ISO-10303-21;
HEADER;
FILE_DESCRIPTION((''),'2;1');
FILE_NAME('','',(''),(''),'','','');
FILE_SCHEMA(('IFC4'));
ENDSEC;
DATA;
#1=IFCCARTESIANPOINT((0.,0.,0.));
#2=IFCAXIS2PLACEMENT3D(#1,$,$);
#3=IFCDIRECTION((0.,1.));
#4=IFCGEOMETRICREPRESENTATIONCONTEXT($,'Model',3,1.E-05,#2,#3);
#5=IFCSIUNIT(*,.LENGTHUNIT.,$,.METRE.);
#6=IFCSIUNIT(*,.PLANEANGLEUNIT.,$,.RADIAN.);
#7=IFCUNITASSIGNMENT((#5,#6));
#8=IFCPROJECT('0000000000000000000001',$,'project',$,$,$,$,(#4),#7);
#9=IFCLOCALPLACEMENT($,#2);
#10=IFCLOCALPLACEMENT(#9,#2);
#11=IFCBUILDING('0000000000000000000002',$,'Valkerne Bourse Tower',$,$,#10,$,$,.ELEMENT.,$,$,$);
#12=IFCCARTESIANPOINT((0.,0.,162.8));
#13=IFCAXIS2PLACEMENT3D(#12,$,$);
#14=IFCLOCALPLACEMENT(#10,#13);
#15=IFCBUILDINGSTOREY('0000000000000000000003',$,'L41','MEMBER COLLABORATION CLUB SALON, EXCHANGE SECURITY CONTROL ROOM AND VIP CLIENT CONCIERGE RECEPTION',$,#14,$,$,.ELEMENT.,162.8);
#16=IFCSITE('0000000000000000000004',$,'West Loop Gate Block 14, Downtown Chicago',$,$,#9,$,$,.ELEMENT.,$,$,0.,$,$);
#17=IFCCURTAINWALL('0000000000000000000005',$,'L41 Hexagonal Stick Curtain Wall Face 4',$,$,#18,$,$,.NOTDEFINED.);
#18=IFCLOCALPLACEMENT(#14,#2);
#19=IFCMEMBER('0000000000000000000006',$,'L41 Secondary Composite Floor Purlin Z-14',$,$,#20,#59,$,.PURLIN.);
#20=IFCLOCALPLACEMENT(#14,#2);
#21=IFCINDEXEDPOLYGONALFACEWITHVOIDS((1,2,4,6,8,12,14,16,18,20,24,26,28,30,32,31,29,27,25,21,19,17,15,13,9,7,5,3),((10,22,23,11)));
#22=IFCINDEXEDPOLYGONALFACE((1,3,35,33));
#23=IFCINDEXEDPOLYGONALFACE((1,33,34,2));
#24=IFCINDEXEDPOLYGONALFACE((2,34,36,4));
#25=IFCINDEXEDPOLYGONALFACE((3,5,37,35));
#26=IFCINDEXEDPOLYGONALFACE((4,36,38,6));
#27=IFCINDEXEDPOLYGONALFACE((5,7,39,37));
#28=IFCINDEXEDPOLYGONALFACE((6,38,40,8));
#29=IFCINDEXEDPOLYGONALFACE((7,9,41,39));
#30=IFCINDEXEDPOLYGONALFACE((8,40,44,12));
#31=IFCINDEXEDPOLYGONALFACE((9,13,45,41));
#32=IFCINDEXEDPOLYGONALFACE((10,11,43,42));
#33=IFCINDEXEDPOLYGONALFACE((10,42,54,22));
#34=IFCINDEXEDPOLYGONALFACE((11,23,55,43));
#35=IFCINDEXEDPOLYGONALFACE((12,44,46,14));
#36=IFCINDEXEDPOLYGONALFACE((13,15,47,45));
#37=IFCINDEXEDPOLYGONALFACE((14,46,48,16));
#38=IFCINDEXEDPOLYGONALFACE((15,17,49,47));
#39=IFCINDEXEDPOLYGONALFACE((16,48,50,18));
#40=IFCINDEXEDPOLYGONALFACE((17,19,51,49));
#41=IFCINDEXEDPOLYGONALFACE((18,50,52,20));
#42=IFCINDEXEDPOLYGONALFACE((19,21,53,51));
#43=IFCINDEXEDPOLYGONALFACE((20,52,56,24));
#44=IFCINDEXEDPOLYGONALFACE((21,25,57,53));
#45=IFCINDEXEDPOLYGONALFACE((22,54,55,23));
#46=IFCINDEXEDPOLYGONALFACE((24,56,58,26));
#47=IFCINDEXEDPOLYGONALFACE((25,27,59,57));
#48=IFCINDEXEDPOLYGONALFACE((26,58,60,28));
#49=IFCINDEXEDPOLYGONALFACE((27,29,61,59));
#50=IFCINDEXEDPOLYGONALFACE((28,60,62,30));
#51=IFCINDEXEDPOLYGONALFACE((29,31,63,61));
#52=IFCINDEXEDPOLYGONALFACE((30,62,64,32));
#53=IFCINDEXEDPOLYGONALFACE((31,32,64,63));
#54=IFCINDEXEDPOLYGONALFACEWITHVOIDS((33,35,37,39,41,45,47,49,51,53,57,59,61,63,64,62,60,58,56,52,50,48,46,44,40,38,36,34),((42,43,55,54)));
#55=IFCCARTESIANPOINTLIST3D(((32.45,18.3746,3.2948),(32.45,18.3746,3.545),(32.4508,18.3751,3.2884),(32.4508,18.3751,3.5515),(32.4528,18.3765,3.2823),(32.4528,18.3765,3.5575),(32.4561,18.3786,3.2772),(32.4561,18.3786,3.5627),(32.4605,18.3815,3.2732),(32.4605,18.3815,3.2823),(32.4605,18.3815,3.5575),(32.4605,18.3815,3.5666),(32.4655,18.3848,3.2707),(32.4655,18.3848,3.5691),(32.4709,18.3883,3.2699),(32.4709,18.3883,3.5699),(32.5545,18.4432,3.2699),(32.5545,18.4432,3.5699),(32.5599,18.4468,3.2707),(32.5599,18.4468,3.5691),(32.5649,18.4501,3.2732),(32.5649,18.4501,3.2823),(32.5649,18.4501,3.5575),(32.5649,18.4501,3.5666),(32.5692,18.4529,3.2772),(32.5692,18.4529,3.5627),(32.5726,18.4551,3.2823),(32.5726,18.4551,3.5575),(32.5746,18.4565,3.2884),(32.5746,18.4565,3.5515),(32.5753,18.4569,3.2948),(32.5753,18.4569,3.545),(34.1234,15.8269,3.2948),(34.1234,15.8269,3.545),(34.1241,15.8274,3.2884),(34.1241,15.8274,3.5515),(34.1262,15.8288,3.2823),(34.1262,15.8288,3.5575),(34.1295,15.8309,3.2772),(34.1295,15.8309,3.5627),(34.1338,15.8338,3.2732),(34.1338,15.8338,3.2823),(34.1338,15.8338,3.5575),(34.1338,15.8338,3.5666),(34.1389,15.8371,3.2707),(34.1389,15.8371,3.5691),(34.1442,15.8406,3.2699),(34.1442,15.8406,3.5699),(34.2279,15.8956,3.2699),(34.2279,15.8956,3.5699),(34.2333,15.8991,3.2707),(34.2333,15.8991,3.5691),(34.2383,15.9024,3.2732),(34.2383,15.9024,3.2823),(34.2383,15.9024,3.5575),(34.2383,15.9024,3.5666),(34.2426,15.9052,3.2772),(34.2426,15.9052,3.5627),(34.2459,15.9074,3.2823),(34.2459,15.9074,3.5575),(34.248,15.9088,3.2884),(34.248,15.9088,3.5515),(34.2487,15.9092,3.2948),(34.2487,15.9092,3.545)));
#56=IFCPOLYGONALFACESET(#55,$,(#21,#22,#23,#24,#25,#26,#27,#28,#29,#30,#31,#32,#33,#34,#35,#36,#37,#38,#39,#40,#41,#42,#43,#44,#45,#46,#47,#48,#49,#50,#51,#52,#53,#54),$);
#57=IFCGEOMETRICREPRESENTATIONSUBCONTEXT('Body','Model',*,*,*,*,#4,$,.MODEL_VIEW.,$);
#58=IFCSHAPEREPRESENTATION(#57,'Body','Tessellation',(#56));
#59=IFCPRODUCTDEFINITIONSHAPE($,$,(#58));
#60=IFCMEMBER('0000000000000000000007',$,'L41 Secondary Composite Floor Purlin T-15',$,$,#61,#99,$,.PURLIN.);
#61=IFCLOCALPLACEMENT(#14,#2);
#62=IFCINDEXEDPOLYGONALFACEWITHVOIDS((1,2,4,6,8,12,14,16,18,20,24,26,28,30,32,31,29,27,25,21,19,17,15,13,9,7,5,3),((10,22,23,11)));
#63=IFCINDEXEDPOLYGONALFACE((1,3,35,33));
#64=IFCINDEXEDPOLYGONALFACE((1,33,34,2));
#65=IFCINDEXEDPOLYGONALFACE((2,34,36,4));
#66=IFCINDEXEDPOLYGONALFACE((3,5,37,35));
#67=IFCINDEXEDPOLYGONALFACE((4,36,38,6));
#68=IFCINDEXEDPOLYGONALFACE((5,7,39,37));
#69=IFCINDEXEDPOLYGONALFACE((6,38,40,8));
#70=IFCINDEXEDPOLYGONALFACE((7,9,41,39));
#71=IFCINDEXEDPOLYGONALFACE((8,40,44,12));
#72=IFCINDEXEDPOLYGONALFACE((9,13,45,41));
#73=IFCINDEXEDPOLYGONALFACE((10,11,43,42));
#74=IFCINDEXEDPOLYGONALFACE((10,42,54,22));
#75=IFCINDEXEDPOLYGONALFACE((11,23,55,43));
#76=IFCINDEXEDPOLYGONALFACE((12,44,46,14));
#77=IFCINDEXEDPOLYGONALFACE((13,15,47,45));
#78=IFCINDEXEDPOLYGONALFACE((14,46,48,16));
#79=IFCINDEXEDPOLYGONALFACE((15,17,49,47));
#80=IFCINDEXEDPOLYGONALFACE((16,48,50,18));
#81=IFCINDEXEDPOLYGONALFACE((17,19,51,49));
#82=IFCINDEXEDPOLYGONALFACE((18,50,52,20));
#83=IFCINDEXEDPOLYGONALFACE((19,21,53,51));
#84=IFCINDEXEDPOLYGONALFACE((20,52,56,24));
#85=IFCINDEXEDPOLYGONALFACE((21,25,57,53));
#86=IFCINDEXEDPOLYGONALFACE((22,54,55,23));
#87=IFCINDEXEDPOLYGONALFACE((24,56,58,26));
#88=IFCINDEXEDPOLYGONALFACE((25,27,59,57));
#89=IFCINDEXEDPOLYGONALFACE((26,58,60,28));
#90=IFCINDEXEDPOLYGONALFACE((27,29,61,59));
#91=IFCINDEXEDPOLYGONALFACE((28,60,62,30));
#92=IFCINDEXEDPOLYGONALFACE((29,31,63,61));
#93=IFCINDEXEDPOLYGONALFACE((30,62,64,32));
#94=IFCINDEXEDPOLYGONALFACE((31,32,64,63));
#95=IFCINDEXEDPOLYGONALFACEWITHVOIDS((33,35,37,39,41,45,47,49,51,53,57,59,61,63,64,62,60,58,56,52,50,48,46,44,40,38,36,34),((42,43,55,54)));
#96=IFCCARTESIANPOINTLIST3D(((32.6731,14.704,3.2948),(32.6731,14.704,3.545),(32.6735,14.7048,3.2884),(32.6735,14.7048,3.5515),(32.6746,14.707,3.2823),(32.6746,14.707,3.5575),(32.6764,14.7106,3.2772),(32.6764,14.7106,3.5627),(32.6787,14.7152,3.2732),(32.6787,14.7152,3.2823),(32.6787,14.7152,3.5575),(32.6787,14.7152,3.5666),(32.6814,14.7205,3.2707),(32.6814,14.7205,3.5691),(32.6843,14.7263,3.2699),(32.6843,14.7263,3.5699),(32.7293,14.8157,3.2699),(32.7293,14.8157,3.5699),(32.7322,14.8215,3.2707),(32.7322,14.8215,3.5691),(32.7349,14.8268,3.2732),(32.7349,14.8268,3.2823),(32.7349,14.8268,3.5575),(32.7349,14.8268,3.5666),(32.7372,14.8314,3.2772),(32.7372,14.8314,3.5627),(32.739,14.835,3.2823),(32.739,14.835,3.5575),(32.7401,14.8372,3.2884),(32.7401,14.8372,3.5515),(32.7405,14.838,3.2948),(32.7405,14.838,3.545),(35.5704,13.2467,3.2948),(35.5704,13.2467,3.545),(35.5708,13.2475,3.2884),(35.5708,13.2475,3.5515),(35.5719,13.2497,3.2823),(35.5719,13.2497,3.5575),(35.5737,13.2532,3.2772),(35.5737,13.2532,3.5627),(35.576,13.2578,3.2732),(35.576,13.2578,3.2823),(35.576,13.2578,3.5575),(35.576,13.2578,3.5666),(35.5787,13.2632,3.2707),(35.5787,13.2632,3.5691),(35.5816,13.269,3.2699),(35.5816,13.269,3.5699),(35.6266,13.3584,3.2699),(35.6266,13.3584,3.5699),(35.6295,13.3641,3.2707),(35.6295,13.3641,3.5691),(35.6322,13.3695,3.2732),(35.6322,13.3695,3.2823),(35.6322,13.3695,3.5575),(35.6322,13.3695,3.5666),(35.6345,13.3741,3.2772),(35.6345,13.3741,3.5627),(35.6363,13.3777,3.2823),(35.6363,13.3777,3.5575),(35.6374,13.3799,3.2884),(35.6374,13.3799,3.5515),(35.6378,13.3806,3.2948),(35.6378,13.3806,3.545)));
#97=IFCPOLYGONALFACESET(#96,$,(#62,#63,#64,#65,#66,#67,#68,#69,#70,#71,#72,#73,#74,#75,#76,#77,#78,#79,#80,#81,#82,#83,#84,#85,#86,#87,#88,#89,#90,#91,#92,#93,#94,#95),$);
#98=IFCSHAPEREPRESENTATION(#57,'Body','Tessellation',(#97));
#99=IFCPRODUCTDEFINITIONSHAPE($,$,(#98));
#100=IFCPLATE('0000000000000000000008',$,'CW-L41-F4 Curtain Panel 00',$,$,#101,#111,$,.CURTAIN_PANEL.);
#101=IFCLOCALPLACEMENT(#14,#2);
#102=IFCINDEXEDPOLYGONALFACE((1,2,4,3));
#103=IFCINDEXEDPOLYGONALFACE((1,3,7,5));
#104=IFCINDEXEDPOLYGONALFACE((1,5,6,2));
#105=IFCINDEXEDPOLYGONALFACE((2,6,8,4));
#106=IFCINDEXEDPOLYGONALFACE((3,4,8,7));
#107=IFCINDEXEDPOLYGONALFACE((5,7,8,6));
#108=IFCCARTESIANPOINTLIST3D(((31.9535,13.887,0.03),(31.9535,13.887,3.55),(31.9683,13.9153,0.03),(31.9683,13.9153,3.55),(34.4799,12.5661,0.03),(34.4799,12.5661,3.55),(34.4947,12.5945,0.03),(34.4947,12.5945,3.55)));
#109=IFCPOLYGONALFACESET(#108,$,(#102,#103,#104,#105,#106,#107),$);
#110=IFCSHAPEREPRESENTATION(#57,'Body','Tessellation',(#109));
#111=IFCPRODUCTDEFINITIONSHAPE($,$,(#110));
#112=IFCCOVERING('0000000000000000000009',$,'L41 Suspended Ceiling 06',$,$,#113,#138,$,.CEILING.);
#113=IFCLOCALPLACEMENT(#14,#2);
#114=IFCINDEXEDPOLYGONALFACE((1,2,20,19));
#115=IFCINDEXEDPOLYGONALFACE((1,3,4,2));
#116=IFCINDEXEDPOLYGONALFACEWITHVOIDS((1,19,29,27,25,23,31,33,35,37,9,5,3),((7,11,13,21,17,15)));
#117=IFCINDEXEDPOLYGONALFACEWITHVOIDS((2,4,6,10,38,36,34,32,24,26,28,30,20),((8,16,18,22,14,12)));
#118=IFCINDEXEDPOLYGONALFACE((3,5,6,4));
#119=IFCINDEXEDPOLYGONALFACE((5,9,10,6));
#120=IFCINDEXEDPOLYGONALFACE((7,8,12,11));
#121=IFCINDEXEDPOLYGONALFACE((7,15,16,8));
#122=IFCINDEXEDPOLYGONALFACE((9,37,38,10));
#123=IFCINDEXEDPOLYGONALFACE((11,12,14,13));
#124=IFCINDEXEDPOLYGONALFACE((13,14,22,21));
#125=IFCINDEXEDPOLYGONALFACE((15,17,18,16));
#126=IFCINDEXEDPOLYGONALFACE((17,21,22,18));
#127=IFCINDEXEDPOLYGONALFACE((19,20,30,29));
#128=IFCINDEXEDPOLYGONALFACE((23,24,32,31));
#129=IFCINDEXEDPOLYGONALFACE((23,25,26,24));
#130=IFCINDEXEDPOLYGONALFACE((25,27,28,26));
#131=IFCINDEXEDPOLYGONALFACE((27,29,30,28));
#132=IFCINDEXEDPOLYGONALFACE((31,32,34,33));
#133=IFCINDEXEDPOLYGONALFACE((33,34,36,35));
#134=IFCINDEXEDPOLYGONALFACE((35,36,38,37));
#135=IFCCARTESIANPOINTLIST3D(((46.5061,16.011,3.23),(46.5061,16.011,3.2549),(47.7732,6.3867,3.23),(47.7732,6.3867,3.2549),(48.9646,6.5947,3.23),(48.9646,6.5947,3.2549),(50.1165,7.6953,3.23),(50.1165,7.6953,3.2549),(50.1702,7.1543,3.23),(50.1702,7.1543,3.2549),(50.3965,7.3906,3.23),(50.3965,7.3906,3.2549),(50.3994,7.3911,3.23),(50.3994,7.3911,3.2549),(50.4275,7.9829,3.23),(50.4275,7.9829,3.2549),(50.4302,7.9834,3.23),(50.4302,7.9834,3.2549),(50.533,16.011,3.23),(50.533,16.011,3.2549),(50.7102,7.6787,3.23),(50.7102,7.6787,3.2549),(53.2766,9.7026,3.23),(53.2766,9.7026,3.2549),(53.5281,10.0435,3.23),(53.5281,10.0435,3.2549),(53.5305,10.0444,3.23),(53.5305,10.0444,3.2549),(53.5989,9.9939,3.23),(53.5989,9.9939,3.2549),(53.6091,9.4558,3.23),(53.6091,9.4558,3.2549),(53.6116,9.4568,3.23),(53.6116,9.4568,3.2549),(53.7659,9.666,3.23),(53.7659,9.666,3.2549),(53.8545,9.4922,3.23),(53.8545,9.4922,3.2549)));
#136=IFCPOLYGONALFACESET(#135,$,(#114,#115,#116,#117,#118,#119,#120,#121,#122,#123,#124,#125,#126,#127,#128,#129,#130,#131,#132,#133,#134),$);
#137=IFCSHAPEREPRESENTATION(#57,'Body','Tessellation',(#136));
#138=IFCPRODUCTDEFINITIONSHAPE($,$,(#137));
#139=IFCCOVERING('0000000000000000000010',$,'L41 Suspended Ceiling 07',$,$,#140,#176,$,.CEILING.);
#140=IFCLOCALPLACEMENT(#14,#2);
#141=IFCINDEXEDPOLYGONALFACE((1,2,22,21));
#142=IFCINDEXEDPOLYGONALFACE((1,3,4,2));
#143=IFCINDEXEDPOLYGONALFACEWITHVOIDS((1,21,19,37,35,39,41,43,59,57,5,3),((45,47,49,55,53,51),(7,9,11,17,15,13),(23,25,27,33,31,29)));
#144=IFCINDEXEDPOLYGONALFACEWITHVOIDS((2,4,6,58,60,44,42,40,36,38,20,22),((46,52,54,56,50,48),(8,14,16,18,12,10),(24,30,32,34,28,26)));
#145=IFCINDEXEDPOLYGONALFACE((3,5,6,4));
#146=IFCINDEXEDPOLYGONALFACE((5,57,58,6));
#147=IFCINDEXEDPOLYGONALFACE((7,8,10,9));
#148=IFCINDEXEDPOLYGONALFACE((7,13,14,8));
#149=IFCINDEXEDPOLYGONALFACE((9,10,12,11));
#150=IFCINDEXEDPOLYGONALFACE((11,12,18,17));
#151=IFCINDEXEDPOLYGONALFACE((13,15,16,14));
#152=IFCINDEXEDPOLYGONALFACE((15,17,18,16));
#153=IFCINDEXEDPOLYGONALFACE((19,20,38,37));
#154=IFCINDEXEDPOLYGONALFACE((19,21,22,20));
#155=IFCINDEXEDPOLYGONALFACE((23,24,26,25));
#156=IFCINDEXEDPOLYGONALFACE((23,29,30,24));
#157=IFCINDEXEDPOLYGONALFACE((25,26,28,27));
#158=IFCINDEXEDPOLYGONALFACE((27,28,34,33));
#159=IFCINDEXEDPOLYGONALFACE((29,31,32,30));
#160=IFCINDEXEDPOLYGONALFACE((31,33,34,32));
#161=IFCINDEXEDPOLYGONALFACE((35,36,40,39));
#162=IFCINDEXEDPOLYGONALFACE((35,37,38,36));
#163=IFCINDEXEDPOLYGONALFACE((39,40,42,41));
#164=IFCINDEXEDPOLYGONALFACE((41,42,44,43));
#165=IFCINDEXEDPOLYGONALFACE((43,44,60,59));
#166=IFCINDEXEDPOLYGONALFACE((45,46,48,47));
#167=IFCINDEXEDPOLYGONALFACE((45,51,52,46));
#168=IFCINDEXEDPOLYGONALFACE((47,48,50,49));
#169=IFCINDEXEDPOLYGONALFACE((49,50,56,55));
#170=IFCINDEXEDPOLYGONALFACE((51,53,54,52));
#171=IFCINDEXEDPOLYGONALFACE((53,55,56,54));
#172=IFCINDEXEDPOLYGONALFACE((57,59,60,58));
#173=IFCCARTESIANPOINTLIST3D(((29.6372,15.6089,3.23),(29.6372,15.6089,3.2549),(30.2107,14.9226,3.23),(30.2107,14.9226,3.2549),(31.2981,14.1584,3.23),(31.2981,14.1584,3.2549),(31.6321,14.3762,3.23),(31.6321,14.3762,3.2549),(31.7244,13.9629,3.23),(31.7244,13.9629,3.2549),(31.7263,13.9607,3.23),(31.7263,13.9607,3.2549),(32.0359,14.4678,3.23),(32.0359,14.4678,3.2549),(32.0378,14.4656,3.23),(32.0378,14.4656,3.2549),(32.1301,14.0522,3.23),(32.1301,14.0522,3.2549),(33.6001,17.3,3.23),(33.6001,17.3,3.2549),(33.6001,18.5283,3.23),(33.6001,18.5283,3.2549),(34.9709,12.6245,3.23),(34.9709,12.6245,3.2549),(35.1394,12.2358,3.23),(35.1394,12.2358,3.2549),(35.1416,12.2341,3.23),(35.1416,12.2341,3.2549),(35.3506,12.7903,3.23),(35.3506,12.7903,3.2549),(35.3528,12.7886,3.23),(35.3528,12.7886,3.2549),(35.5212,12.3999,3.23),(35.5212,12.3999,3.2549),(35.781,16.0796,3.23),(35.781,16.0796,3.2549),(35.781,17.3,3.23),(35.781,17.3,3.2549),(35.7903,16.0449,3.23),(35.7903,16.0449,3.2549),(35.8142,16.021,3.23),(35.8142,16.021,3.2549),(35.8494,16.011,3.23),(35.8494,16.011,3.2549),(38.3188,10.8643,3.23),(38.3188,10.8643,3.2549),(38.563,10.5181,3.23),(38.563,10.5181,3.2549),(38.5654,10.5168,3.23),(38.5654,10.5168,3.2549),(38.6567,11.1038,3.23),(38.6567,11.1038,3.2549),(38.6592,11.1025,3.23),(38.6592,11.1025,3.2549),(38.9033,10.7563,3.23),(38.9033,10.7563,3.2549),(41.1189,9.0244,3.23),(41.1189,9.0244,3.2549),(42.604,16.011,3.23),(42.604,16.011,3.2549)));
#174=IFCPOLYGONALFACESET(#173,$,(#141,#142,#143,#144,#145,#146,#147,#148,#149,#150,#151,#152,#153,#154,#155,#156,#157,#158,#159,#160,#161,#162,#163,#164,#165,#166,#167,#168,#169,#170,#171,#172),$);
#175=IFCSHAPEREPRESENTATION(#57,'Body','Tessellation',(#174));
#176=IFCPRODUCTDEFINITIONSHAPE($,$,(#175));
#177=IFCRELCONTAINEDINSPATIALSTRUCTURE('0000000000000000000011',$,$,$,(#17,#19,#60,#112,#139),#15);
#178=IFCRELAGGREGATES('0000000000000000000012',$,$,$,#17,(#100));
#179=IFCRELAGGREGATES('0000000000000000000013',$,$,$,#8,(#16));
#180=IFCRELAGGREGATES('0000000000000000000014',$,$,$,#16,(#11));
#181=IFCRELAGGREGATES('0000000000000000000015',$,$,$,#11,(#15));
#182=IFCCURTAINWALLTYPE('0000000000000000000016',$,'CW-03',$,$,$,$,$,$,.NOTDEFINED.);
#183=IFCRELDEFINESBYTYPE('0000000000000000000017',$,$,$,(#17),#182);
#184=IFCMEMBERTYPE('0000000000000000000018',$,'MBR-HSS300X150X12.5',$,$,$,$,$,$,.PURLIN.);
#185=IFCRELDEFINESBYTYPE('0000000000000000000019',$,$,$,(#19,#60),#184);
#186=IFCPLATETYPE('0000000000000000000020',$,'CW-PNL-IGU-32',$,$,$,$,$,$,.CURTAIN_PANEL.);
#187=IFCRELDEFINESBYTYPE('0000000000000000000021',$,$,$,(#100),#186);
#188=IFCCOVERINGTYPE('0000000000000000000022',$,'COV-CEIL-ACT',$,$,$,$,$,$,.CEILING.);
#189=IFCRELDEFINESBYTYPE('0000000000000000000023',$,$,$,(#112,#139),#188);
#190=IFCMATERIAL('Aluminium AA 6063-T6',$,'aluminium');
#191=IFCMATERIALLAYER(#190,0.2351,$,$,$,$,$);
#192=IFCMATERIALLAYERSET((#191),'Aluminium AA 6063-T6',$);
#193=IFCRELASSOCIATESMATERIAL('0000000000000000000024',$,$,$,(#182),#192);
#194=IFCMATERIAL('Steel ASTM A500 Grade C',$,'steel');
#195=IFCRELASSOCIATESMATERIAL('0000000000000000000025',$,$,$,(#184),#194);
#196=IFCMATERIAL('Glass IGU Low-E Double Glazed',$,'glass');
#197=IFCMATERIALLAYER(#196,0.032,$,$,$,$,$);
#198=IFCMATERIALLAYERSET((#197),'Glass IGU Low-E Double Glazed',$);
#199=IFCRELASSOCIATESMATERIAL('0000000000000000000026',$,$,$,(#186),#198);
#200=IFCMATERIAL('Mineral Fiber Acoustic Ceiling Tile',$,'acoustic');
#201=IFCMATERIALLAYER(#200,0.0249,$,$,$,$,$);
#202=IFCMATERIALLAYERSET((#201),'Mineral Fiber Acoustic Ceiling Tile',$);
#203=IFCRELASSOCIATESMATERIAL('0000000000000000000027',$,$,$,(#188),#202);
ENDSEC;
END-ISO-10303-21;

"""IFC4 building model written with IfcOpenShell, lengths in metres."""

from ifc_helpers import new_model, si_unit, direction, frame, origin, origin_2d, place, context, subcontext, project, spatial, polyline, rectangle, hollow_rectangle, outline, extrude, material, layer, layer_set, material_profile, profile_set, type_object, element, aggregate, save


model = new_model("IFC4")

# Units and contexts
model_context = context("Model", 3, precision=1e-05, world=origin(), true_north=direction((0.0, 1.0)))
body_context = subcontext(model_context, "Body", "Model", "MODEL_VIEW")
ifc_project = project(units=[si_unit("LENGTHUNIT", "METRE"), si_unit("PLANEANGLEUNIT", "RADIAN")], contexts=[model_context])

# Site, building, storey
site_placement = place(None, origin())
site = spatial("IfcSite", under=ifc_project, at=site_placement, Name="West Loop Gate Block 14, Downtown Chicago", CompositionType="ELEMENT", RefElevation=0.0)
building_placement = place(site_placement, origin())
building = spatial("IfcBuilding", under=site, at=building_placement, Name="Valkerne Bourse Tower", CompositionType="ELEMENT")
storey_placement = place(building_placement, frame((0.0, 0.0, 162.8)))
storey = spatial("IfcBuildingStorey", under=building, at=storey_placement, Name="L41", Description="MEMBER COLLABORATION CLUB SALON, EXCHANGE SECURITY CONTROL ROOM AND VIP CLIENT CONCIERGE RECEPTION", CompositionType="ELEMENT", Elevation=162.8)

# Curtain wall
ifc_material_1 = material(Name="Aluminium AA 6063-T6", Category="aluminium")
ifc_layer_1 = layer(ifc_material_1, 0.2351)
ifc_layer_set_1 = layer_set([ifc_layer_1], Name="Aluminium AA 6063-T6")
curtain_wall_type = type_object("IfcCurtainWallType", Name="CW-03", PredefinedType="NOTDEFINED", material=ifc_layer_set_1)
curtain_wall_placement = place(storey_placement, origin())
curtain_wall = element("IfcCurtainWall", 1, at=curtain_wall_placement, inside=storey, type_object=curtain_wall_type, Name="L41 Hexagonal Stick Curtain Wall Face 4", PredefinedType="NOTDEFINED")

# Members
ifc_material_2 = material(Name="Steel ASTM A500 Grade C", Category="steel")
ifc_material_profile_1 = material_profile(ifc_material_2, hollow_rectangle(XDim=0.1499, YDim=0.3, WallThickness=0.0125, OuterFilletRadius=0.0249, at=origin_2d()), Name="HSS300X150X12.5")
ifc_profile_set_1 = profile_set([ifc_material_profile_1], Name="Steel ASTM A500 Grade C")
member_type_1 = type_object("IfcMemberType", Name="MBR-HSS300X150X12.5", PredefinedType="PURLIN", material=ifc_profile_set_1)
member_1_placement = place(storey_placement, frame((32.5127, 18.4158, 3.4199), z_axis=(0.548994, -0.835826, 0.0), x_axis=(0.835826, 0.548994, 0.0)))
element("IfcMember", 2, at=member_1_placement, inside=storey, type_object=member_type_1, Name="L41 Secondary Composite Floor Purlin Z-14", PredefinedType="PURLIN", context=body_context, shape_type="SweptSolid", body=[
    extrude(hollow_rectangle(XDim=0.1499, YDim=0.3, WallThickness=0.0125, OuterFilletRadius=0.0249, at=origin_2d()), origin(), (0.0, 0.0, 1.0), 3.0481),
])
member_2_placement = place(storey_placement, frame((32.7068, 14.771, 3.4199), z_axis=(0.893356, -0.44935, 0.0), x_axis=(0.44935, 0.893356, 0.0)))
element("IfcMember", 3, at=member_2_placement, inside=storey, type_object=member_type_1, Name="L41 Secondary Composite Floor Purlin T-15", PredefinedType="PURLIN", context=body_context, shape_type="SweptSolid", body=[
    extrude(hollow_rectangle(XDim=0.1499, YDim=0.3, WallThickness=0.0125, OuterFilletRadius=0.0249, at=origin_2d()), origin(), (0.0, 0.0, 1.0), 3.2432),
])

# Plate
ifc_material_3 = material(Name="Glass IGU Low-E Double Glazed", Category="glass")
ifc_layer_2 = layer(ifc_material_3, 0.032)
ifc_layer_set_2 = layer_set([ifc_layer_2], Name="Glass IGU Low-E Double Glazed")
plate_type = type_object("IfcPlateType", Name="CW-PNL-IGU-32", PredefinedType="CURTAIN_PANEL", material=ifc_layer_set_2)
plate_placement = place(storey_placement, frame((33.2241, 13.2407, 0.03), z_axis=(0.0, 0.0, 1.0), x_axis=(0.886198, -0.463306, 0.0)))
plate = element("IfcPlate", 4, at=plate_placement, type_object=plate_type, Name="CW-L41-F4 Curtain Panel 00", PredefinedType="CURTAIN_PANEL", context=body_context, shape_type="SweptSolid", body=[
    extrude(rectangle(XDim=2.8508, YDim=0.032, at=origin_2d()), origin(), (0.0, 0.0, 1.0), 3.52),
])
aggregate(curtain_wall, [plate])

# Coverings
ifc_material_4 = material(Name="Mineral Fiber Acoustic Ceiling Tile", Category="acoustic")
ifc_layer_3 = layer(ifc_material_4, 0.0249)
ifc_layer_set_3 = layer_set([ifc_layer_3], Name="Mineral Fiber Acoustic Ceiling Tile")
covering_type_1 = type_object("IfcCoveringType", Name="COV-CEIL-ACT", PredefinedType="CEILING", material=ifc_layer_set_3)
covering_1_placement = place(storey_placement, frame((0.0, 0.0, 3.23)))
element("IfcCovering", 5, at=covering_1_placement, inside=storey, type_object=covering_type_1, Name="L41 Suspended Ceiling 06", PredefinedType="CEILING", context=body_context, shape_type="SweptSolid", body=[
    extrude(outline(polyline([(47.7732, 6.3867), (46.5061, 16.011), (50.533, 16.011), (53.5989, 9.9939), (53.5305, 10.0444), (53.5281, 10.0435), (53.2766, 9.7026), (53.6091, 9.4558), (53.6116, 9.4568), (53.7659, 9.666), (53.8545, 9.4922), (50.1702, 7.1543), (48.9646, 6.5947), (47.7732, 6.3867)]), holes=[polyline([(50.7102, 7.6787), (50.4302, 7.9834), (50.4275, 7.9829), (50.1165, 7.6953), (50.3965, 7.3906), (50.3994, 7.3911), (50.7102, 7.6787)])]), origin(), (0.0, 0.0, 1.0), 0.0249),
])
covering_2_placement = place(storey_placement, frame((0.0, 0.0, 3.23)))
element("IfcCovering", 6, at=covering_2_placement, inside=storey, type_object=covering_type_1, Name="L41 Suspended Ceiling 07", PredefinedType="CEILING", context=body_context, shape_type="SweptSolid", body=[
    extrude(outline(polyline([(29.6372, 15.6089), (33.6001, 18.5283), (33.6001, 17.3), (35.781, 17.3), (35.781, 16.0796), (35.7903, 16.0449), (35.8142, 16.021), (35.8494, 16.011), (42.604, 16.011), (41.1189, 9.0244), (31.2981, 14.1584), (30.2107, 14.9226), (29.6372, 15.6089)]), holes=[polyline([(38.6592, 11.1025), (38.6567, 11.1038), (38.3188, 10.8643), (38.563, 10.5181), (38.5654, 10.5168), (38.9033, 10.7563), (38.6592, 11.1025)]), polyline([(35.3528, 12.7886), (35.3506, 12.7903), (34.9709, 12.6245), (35.1394, 12.2358), (35.1416, 12.2341), (35.5212, 12.3999), (35.3528, 12.7886)]), polyline([(32.1301, 14.0522), (32.0378, 14.4656), (32.0359, 14.4678), (31.6321, 14.3762), (31.7244, 13.9629), (31.7263, 13.9607), (32.1301, 14.0522)])]), origin(), (0.0, 0.0, 1.0), 0.0249),
])

save(model, "model.ifc")
